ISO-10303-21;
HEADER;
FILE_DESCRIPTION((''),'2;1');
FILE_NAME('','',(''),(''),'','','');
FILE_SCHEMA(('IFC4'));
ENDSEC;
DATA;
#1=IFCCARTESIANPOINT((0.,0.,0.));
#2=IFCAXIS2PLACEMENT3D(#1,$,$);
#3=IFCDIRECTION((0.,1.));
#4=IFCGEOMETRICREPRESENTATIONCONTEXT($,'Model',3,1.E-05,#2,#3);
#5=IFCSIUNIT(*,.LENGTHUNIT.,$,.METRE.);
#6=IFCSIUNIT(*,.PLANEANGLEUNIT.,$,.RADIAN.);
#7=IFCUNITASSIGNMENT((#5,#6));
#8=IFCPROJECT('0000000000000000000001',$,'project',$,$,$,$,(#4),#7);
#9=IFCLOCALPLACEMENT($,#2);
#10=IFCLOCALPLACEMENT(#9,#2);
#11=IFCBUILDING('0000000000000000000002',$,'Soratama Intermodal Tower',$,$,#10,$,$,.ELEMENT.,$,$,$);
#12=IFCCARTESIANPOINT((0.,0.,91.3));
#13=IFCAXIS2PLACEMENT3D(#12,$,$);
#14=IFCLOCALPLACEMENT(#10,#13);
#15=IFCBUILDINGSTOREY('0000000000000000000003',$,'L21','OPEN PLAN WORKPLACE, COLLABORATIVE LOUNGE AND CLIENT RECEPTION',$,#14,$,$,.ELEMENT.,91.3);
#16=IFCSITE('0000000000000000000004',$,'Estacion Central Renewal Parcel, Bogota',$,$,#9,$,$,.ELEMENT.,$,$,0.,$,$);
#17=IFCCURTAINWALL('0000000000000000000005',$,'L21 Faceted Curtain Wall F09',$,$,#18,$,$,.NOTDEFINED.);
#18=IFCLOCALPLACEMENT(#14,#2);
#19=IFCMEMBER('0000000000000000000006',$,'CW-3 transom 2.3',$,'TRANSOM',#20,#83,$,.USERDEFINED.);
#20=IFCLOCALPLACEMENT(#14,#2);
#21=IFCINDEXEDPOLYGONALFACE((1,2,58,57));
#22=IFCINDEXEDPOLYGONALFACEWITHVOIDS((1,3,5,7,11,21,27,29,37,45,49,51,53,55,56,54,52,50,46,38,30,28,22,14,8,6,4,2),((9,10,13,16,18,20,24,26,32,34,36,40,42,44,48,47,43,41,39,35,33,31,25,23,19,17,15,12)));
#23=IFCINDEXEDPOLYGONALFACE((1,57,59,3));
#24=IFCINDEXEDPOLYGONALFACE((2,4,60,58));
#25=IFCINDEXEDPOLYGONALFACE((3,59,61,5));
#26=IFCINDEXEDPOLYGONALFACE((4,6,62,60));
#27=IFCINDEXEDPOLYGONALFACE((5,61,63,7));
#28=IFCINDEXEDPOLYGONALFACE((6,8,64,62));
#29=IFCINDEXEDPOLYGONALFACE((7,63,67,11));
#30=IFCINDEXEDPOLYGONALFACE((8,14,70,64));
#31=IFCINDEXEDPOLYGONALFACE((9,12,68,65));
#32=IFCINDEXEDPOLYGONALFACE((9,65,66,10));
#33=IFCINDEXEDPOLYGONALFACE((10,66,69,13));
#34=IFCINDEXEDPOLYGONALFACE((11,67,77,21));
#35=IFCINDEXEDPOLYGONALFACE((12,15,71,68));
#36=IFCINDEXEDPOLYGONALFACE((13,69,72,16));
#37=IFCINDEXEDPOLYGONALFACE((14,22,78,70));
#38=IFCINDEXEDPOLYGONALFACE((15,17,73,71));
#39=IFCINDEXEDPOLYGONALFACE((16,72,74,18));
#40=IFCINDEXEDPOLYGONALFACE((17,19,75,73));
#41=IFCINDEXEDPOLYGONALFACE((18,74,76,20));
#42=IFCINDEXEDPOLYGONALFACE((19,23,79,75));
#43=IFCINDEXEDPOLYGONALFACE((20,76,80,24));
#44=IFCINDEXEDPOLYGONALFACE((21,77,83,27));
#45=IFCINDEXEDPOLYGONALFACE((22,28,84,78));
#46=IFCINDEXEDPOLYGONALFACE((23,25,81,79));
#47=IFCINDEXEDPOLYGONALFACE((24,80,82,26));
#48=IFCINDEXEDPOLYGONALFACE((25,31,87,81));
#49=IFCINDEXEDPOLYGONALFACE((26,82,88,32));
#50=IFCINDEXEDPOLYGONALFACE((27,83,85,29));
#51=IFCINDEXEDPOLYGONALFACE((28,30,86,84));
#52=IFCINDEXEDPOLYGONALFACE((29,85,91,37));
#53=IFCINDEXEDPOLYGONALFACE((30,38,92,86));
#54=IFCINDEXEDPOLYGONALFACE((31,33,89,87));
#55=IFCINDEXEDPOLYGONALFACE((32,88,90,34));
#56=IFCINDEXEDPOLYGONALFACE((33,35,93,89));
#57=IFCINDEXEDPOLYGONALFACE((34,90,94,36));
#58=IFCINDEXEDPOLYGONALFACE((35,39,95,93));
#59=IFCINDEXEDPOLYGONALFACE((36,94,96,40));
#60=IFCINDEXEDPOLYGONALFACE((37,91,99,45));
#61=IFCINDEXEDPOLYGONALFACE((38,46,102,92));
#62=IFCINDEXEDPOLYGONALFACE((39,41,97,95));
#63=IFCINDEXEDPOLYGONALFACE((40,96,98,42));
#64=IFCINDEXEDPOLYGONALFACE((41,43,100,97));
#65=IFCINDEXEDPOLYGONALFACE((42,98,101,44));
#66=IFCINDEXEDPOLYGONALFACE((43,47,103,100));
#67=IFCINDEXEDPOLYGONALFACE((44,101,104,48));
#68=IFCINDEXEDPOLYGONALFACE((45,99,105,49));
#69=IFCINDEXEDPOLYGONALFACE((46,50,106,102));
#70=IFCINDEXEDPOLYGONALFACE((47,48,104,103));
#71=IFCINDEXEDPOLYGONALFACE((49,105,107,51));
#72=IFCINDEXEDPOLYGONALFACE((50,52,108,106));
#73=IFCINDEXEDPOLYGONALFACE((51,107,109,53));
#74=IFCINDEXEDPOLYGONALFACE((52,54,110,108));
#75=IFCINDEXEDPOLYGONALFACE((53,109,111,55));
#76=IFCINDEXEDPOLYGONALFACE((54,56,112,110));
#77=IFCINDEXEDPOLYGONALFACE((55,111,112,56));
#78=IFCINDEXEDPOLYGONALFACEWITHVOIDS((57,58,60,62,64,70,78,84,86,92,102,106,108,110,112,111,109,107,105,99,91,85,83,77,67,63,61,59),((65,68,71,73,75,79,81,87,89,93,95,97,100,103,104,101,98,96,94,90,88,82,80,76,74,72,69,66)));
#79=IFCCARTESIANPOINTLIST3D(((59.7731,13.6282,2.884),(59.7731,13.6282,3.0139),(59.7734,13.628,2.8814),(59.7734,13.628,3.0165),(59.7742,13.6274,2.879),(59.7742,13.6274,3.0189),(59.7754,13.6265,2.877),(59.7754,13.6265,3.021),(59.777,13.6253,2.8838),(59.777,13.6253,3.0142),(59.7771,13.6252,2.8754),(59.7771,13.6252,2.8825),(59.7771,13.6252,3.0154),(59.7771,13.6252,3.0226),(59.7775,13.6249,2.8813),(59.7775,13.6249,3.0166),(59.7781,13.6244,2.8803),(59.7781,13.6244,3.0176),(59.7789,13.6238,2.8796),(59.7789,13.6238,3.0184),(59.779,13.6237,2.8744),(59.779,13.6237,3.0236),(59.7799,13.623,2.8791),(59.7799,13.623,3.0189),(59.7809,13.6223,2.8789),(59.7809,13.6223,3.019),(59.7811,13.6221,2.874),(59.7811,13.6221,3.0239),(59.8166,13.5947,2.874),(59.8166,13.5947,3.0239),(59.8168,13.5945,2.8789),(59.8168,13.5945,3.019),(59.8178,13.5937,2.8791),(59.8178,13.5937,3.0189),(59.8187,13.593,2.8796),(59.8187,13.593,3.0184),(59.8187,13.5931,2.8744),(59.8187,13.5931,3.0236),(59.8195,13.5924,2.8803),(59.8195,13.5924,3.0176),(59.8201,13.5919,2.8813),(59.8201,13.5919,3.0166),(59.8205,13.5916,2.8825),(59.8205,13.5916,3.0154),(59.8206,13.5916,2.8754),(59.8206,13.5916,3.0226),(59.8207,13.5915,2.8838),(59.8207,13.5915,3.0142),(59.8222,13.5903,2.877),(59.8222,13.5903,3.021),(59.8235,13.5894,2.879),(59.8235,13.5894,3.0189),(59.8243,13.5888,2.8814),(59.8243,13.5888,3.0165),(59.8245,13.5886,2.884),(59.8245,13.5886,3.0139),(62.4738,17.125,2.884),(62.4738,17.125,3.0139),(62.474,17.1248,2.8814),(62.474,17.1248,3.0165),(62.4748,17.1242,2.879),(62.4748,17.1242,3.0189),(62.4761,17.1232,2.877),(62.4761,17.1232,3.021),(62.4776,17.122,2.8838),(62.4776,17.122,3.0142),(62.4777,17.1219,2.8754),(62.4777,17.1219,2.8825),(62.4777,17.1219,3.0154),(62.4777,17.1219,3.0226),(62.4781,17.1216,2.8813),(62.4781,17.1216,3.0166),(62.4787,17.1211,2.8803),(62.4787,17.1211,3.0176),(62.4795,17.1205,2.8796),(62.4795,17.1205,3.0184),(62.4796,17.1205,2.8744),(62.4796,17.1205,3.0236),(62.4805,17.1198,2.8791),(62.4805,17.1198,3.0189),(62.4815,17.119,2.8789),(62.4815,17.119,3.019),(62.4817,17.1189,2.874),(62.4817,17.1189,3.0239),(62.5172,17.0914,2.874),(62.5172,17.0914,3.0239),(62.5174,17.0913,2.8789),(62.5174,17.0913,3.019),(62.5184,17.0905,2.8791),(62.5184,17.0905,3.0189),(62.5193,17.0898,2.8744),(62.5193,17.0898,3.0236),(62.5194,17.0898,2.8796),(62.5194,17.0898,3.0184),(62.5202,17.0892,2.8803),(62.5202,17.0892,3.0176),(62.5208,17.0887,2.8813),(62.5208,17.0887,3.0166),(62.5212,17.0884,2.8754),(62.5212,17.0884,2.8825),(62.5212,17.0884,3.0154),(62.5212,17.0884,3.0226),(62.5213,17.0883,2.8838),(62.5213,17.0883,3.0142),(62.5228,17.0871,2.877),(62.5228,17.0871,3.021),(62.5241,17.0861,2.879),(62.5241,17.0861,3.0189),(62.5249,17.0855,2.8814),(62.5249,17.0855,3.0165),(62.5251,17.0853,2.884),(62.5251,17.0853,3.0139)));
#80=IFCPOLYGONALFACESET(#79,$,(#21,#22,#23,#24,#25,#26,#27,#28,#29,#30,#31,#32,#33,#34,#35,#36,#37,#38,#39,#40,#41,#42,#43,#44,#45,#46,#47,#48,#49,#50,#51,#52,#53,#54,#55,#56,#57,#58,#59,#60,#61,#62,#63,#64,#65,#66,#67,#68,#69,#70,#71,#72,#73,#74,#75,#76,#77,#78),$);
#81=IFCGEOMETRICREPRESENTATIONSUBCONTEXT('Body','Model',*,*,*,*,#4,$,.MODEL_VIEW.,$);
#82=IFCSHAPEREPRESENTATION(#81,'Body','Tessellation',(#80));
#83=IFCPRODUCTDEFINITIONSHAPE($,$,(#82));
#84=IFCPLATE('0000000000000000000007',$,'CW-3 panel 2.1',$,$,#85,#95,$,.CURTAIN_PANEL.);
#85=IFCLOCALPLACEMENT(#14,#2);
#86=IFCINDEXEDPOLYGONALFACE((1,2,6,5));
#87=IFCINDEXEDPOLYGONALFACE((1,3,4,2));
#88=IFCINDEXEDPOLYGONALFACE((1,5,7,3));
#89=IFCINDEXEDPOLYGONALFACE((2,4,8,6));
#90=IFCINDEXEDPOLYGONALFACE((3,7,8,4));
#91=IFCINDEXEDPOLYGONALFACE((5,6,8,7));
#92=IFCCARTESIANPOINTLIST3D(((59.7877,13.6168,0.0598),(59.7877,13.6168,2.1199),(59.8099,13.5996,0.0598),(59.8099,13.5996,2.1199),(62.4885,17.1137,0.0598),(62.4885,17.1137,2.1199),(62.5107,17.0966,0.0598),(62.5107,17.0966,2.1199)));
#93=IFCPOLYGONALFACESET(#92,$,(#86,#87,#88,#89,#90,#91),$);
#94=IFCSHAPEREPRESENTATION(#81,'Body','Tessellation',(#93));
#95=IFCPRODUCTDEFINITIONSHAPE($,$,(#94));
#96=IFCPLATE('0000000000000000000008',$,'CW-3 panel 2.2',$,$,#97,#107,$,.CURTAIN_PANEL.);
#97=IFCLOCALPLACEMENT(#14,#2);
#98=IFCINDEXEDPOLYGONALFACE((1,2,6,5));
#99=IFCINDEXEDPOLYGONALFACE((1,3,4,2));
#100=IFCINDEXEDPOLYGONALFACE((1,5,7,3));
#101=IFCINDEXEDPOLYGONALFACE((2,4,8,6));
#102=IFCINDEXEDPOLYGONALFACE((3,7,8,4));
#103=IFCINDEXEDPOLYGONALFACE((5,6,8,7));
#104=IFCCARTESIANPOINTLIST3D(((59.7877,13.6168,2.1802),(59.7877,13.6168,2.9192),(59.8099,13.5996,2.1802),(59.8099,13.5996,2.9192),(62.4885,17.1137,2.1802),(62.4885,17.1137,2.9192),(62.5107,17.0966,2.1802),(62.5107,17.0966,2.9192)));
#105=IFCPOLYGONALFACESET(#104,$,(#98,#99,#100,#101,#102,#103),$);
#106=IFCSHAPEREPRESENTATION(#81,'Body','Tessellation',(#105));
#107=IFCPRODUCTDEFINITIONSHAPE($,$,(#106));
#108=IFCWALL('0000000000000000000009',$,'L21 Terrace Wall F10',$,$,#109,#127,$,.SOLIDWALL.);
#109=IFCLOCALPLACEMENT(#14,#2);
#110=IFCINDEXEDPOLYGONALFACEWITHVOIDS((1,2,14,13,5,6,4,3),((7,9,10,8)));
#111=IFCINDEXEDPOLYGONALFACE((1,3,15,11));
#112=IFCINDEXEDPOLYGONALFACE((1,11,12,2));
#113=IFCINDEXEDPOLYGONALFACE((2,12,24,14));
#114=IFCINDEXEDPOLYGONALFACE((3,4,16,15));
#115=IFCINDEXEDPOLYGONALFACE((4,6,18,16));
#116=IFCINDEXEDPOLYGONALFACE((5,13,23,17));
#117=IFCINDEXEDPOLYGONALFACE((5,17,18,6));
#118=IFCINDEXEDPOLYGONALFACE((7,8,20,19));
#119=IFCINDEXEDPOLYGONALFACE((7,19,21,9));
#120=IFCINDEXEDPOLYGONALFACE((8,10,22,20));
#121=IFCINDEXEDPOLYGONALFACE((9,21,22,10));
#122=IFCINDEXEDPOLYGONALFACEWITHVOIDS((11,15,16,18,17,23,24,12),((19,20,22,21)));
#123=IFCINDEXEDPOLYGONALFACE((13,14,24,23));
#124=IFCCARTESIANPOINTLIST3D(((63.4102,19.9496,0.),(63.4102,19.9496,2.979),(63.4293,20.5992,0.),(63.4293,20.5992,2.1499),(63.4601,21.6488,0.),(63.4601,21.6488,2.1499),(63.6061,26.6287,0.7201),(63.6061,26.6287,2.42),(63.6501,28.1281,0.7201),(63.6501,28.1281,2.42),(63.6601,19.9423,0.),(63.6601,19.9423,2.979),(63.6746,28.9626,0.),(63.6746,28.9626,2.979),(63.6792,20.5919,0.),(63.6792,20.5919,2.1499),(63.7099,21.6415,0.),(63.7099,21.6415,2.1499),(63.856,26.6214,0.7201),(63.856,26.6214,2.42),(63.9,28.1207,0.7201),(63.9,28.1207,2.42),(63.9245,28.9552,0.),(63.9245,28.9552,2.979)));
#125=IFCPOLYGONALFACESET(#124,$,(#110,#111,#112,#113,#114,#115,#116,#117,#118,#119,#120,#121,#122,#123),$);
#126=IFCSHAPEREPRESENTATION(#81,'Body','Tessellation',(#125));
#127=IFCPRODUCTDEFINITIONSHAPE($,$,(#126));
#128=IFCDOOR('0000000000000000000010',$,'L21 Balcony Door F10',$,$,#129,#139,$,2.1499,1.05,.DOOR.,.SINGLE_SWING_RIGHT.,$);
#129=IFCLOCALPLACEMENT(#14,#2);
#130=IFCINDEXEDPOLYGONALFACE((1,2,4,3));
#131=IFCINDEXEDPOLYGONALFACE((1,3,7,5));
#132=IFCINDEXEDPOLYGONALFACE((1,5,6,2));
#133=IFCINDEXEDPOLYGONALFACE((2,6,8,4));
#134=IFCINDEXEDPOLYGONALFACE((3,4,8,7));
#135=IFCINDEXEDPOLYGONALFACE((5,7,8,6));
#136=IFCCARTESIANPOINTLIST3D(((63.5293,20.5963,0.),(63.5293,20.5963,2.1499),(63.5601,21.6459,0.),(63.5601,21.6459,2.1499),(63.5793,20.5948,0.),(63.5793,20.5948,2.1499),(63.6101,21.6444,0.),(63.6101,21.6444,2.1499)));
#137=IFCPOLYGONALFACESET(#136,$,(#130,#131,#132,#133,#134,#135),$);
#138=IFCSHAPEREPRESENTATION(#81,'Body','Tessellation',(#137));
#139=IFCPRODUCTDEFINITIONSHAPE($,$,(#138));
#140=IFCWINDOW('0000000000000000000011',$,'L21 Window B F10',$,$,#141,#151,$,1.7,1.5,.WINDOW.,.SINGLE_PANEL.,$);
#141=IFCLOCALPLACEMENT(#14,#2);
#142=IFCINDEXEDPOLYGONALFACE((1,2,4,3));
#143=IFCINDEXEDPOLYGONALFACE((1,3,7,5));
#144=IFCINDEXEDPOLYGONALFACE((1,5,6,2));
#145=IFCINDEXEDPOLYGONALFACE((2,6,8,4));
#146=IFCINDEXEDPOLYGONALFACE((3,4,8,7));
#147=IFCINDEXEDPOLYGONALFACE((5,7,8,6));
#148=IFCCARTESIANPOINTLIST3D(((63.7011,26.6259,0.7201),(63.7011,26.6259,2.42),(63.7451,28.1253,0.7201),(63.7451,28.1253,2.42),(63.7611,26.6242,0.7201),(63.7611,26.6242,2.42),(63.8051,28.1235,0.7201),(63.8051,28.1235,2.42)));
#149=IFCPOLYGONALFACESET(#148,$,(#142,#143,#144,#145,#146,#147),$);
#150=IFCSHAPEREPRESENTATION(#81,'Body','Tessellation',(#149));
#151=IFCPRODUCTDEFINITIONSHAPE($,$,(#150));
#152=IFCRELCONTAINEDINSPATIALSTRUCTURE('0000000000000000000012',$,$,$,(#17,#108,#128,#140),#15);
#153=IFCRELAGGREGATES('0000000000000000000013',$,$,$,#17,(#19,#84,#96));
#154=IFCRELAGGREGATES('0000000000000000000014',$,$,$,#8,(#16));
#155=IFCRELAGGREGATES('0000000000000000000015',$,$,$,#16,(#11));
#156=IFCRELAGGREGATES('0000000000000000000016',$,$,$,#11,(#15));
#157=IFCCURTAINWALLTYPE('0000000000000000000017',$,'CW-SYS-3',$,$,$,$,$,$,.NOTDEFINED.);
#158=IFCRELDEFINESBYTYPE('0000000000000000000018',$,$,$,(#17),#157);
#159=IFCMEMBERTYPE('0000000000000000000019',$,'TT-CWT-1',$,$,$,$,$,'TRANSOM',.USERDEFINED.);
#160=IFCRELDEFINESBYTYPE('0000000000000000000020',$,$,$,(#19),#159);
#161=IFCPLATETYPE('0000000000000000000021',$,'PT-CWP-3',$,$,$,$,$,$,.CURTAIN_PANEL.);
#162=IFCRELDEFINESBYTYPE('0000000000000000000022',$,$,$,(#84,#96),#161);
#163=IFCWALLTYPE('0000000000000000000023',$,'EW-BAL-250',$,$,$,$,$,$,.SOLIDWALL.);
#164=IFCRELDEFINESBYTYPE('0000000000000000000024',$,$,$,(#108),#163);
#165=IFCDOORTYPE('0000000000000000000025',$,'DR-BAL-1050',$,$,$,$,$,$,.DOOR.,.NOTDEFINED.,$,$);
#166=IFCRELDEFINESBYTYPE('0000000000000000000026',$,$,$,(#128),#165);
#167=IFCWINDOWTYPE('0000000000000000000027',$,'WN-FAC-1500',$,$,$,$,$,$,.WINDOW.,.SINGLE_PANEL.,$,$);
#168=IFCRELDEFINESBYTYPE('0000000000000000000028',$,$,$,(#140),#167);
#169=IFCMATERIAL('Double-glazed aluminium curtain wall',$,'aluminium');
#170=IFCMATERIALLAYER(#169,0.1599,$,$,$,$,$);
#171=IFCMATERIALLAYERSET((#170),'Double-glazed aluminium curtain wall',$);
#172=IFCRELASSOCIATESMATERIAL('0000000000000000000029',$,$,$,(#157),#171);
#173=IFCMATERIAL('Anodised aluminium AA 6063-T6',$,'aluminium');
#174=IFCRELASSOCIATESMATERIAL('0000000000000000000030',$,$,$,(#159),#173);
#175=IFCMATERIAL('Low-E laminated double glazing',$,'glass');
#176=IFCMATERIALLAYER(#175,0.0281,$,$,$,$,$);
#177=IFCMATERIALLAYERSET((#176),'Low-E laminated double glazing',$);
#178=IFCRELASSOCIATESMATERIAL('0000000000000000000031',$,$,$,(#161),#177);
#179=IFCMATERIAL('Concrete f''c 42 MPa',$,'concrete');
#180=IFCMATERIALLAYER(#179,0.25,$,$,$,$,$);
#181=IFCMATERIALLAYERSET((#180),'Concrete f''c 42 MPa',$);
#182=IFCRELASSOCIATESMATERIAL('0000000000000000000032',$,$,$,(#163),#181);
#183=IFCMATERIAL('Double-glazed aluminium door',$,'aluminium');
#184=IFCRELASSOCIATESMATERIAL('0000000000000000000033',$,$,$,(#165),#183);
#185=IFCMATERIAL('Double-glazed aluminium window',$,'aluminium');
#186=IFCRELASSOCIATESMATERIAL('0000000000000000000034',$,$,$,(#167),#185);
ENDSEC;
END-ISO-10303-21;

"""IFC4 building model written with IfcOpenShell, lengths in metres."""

from ifc_helpers import new_model, si_unit, direction, frame, frame_2d, origin, origin_2d, place, context, subcontext, project, spatial, rectangle, hollow_rectangle, extrude, material, layer, layer_set, material_profile, profile_set, type_object, element, fill, aggregate, save


model = new_model("IFC4")

# Units and contexts
model_context = context("Model", 3, precision=1e-05, world=origin(), true_north=direction((0.0, 1.0)))
body_context = subcontext(model_context, "Body", "Model", "MODEL_VIEW")
ifc_project = project(units=[si_unit("LENGTHUNIT", "METRE"), si_unit("PLANEANGLEUNIT", "RADIAN")], contexts=[model_context])

# Site, building, storey
site_placement = place(None, origin())
site = spatial("IfcSite", under=ifc_project, at=site_placement, Name="Estacion Central Renewal Parcel, Bogota", CompositionType="ELEMENT", RefElevation=0.0)
building_placement = place(site_placement, origin())
building = spatial("IfcBuilding", under=site, at=building_placement, Name="Soratama Intermodal Tower", CompositionType="ELEMENT")
storey_placement = place(building_placement, frame((0.0, 0.0, 91.3)))
storey = spatial("IfcBuildingStorey", under=building, at=storey_placement, Name="L21", Description="OPEN PLAN WORKPLACE, COLLABORATIVE LOUNGE AND CLIENT RECEPTION", CompositionType="ELEMENT", Elevation=91.3)

# Curtain wall, member, plates
ifc_material_1 = material(Name="Double-glazed aluminium curtain wall", Category="aluminium")
ifc_layer_1 = layer(ifc_material_1, 0.1599)
ifc_layer_set_1 = layer_set([ifc_layer_1], Name="Double-glazed aluminium curtain wall")
curtain_wall_type = type_object("IfcCurtainWallType", Name="CW-SYS-3", PredefinedType="NOTDEFINED", material=ifc_layer_set_1)
curtain_wall_placement = place(storey_placement, origin())
curtain_wall = element("IfcCurtainWall", 1, at=curtain_wall_placement, inside=storey, type_object=curtain_wall_type, Name="L21 Faceted Curtain Wall F09", PredefinedType="NOTDEFINED")
ifc_material_2 = material(Name="Anodised aluminium AA 6063-T6", Category="aluminium")
ifc_material_profile_1 = material_profile(ifc_material_2, hollow_rectangle(XDim=0.0649, YDim=0.1499, WallThickness=0.0049, InnerFilletRadius=0.0049, OuterFilletRadius=0.01, at=origin_2d()), Name="CWT150X65X5")
ifc_profile_set_1 = profile_set([ifc_material_profile_1], Name="Anodised aluminium AA 6063-T6")
member_type_1 = type_object("IfcMemberType", Name="TT-CWT-1", ElementType="TRANSOM", PredefinedType="USERDEFINED", material=ifc_profile_set_1)
member_1_placement = place(storey_placement, frame((59.7988, 13.6084, 2.949), z_axis=(0.611248, 0.791439, 0.0), x_axis=(-0.791439, 0.611248, 0.0)))
member_1 = element("IfcMember", 2, at=member_1_placement, type_object=member_type_1, Name="CW-3 transom 2.3", ObjectType="TRANSOM", PredefinedType="USERDEFINED", context=body_context, shape_type="SweptSolid", body=[
    extrude(hollow_rectangle(XDim=0.0649, YDim=0.1499, WallThickness=0.0049, InnerFilletRadius=0.0049, OuterFilletRadius=0.01, at=origin_2d()), origin(), (0.0, 0.0, 1.0), 4.4182),
])
ifc_material_3 = material(Name="Low-E laminated double glazing", Category="glass")
ifc_layer_2 = layer(ifc_material_3, 0.0281)
ifc_layer_set_2 = layer_set([ifc_layer_2], Name="Low-E laminated double glazing")
plate_type = type_object("IfcPlateType", Name="PT-CWP-3", PredefinedType="CURTAIN_PANEL", material=ifc_layer_set_2)
plate_1_placement = place(storey_placement, frame((61.1492, 15.3567, 0.0598), z_axis=(0.0, 0.0, 1.0), x_axis=(0.611251, 0.791437, 0.0)))
plate_1 = element("IfcPlate", 3, at=plate_1_placement, type_object=plate_type, Name="CW-3 panel 2.1", PredefinedType="CURTAIN_PANEL", context=body_context, shape_type="SweptSolid", body=[
    extrude(rectangle(XDim=4.4185, YDim=0.0281, at=origin_2d()), origin(), (0.0, 0.0, 1.0), 2.0601),
])
plate_2_placement = place(storey_placement, frame((61.1492, 15.3567, 2.1802), z_axis=(0.0, 0.0, 1.0), x_axis=(0.611251, 0.791437, 0.0)))
plate_2 = element("IfcPlate", 4, at=plate_2_placement, type_object=plate_type, Name="CW-3 panel 2.2", PredefinedType="CURTAIN_PANEL", context=body_context, shape_type="SweptSolid", body=[
    extrude(rectangle(XDim=4.4185, YDim=0.0281, at=origin_2d()), origin(), (0.0, 0.0, 1.0), 0.739),
])
aggregate(curtain_wall, [member_1, plate_1, plate_2])

# Wall, openings, door, window
ifc_material_4 = material(Name="Concrete f'c 42 MPa", Category="concrete")
ifc_layer_3 = layer(ifc_material_4, 0.25)
ifc_layer_set_3 = layer_set([ifc_layer_3], Name="Concrete f'c 42 MPa")
wall_type_1 = type_object("IfcWallType", Name="EW-BAL-250", PredefinedType="SOLIDWALL", material=ifc_layer_set_3)
wall_1_placement = place(storey_placement, frame((63.5352, 19.946, 0.0), z_axis=(0.0, 0.0, 1.0), x_axis=(0.029323, 0.99957, 0.0)))
wall_1 = element("IfcWall", 5, at=wall_1_placement, inside=storey, type_object=wall_type_1, Name="L21 Terrace Wall F10", PredefinedType="SOLIDWALL", context=body_context, shape_type="SweptSolid", body=[
    extrude(rectangle(XDim=9.0168, YDim=0.25, at=frame_2d((4.5083, 0.0))), origin(), (0.0, 0.0, 1.0), 2.979),
])
opening_1_placement = place(wall_1_placement, frame((0.6499, 0.0, 0.0)))
opening_1 = element("IfcOpeningElement", 6, at=opening_1_placement, cuts=wall_1, PredefinedType="OPENING", context=body_context, shape_type="SweptSolid", body=[
    extrude(rectangle(XDim=1.05, YDim=2.1499, at=frame_2d((0.5249, 1.075))), frame((0.0, 0.135, 0.0), z_axis=(0.0, -1.0, 0.0), x_axis=(1.0, 0.0, 0.0)), (0.0, 0.0, 1.0), 0.27),
])
opening_2_placement = place(wall_1_placement, frame((6.6819, 0.0, 0.72)))
opening_2 = element("IfcOpeningElement", 7, at=opening_2_placement, cuts=wall_1, PredefinedType="OPENING", context=body_context, shape_type="SweptSolid", body=[
    extrude(rectangle(XDim=1.5, YDim=1.7, at=frame_2d((0.75, 0.8501))), frame((0.0, 0.135, 0.0), z_axis=(0.0, -1.0, 0.0), x_axis=(1.0, 0.0, 0.0)), (0.0, 0.0, 1.0), 0.27),
])
ifc_material_5 = material(Name="Double-glazed aluminium door", Category="aluminium")
door_type_1 = type_object("IfcDoorType", Name="DR-BAL-1050", OperationType="NOTDEFINED", PredefinedType="DOOR", material=ifc_material_5)
door_1_placement = place(opening_1_placement, origin())
door_1 = element("IfcDoor", 8, at=door_1_placement, inside=storey, type_object=door_type_1, Name="L21 Balcony Door F10", OperationType="SINGLE_SWING_RIGHT", OverallHeight=2.1499, OverallWidth=1.05, PredefinedType="DOOR", context=body_context, shape_type="SweptSolid", body=[
    extrude(rectangle(XDim=1.05, YDim=2.1499, at=frame_2d((0.5249, 1.075))), frame((0.0, 0.0249, 0.0), z_axis=(0.0, -1.0, 0.0), x_axis=(1.0, 0.0, 0.0)), (0.0, 0.0, 1.0), 0.05),
])
fill(opening_1, door_1)
ifc_material_6 = material(Name="Double-glazed aluminium window", Category="aluminium")
window_type_1 = type_object("IfcWindowType", Name="WN-FAC-1500", PartitioningType="SINGLE_PANEL", PredefinedType="WINDOW", material=ifc_material_6)
window_1_placement = place(opening_2_placement, origin())
window_1 = element("IfcWindow", 9, at=window_1_placement, inside=storey, type_object=window_type_1, Name="L21 Window B F10", OverallHeight=1.7, OverallWidth=1.5, PartitioningType="SINGLE_PANEL", PredefinedType="WINDOW", context=body_context, shape_type="SweptSolid", body=[
    extrude(rectangle(XDim=1.5, YDim=1.7, at=frame_2d((0.75, 0.8501))), frame((0.0, 0.03, 0.0), z_axis=(0.0, -1.0, 0.0), x_axis=(1.0, 0.0, 0.0)), (0.0, 0.0, 1.0), 0.0601),
])
fill(opening_2, window_1)

save(model, "model.ifc")
